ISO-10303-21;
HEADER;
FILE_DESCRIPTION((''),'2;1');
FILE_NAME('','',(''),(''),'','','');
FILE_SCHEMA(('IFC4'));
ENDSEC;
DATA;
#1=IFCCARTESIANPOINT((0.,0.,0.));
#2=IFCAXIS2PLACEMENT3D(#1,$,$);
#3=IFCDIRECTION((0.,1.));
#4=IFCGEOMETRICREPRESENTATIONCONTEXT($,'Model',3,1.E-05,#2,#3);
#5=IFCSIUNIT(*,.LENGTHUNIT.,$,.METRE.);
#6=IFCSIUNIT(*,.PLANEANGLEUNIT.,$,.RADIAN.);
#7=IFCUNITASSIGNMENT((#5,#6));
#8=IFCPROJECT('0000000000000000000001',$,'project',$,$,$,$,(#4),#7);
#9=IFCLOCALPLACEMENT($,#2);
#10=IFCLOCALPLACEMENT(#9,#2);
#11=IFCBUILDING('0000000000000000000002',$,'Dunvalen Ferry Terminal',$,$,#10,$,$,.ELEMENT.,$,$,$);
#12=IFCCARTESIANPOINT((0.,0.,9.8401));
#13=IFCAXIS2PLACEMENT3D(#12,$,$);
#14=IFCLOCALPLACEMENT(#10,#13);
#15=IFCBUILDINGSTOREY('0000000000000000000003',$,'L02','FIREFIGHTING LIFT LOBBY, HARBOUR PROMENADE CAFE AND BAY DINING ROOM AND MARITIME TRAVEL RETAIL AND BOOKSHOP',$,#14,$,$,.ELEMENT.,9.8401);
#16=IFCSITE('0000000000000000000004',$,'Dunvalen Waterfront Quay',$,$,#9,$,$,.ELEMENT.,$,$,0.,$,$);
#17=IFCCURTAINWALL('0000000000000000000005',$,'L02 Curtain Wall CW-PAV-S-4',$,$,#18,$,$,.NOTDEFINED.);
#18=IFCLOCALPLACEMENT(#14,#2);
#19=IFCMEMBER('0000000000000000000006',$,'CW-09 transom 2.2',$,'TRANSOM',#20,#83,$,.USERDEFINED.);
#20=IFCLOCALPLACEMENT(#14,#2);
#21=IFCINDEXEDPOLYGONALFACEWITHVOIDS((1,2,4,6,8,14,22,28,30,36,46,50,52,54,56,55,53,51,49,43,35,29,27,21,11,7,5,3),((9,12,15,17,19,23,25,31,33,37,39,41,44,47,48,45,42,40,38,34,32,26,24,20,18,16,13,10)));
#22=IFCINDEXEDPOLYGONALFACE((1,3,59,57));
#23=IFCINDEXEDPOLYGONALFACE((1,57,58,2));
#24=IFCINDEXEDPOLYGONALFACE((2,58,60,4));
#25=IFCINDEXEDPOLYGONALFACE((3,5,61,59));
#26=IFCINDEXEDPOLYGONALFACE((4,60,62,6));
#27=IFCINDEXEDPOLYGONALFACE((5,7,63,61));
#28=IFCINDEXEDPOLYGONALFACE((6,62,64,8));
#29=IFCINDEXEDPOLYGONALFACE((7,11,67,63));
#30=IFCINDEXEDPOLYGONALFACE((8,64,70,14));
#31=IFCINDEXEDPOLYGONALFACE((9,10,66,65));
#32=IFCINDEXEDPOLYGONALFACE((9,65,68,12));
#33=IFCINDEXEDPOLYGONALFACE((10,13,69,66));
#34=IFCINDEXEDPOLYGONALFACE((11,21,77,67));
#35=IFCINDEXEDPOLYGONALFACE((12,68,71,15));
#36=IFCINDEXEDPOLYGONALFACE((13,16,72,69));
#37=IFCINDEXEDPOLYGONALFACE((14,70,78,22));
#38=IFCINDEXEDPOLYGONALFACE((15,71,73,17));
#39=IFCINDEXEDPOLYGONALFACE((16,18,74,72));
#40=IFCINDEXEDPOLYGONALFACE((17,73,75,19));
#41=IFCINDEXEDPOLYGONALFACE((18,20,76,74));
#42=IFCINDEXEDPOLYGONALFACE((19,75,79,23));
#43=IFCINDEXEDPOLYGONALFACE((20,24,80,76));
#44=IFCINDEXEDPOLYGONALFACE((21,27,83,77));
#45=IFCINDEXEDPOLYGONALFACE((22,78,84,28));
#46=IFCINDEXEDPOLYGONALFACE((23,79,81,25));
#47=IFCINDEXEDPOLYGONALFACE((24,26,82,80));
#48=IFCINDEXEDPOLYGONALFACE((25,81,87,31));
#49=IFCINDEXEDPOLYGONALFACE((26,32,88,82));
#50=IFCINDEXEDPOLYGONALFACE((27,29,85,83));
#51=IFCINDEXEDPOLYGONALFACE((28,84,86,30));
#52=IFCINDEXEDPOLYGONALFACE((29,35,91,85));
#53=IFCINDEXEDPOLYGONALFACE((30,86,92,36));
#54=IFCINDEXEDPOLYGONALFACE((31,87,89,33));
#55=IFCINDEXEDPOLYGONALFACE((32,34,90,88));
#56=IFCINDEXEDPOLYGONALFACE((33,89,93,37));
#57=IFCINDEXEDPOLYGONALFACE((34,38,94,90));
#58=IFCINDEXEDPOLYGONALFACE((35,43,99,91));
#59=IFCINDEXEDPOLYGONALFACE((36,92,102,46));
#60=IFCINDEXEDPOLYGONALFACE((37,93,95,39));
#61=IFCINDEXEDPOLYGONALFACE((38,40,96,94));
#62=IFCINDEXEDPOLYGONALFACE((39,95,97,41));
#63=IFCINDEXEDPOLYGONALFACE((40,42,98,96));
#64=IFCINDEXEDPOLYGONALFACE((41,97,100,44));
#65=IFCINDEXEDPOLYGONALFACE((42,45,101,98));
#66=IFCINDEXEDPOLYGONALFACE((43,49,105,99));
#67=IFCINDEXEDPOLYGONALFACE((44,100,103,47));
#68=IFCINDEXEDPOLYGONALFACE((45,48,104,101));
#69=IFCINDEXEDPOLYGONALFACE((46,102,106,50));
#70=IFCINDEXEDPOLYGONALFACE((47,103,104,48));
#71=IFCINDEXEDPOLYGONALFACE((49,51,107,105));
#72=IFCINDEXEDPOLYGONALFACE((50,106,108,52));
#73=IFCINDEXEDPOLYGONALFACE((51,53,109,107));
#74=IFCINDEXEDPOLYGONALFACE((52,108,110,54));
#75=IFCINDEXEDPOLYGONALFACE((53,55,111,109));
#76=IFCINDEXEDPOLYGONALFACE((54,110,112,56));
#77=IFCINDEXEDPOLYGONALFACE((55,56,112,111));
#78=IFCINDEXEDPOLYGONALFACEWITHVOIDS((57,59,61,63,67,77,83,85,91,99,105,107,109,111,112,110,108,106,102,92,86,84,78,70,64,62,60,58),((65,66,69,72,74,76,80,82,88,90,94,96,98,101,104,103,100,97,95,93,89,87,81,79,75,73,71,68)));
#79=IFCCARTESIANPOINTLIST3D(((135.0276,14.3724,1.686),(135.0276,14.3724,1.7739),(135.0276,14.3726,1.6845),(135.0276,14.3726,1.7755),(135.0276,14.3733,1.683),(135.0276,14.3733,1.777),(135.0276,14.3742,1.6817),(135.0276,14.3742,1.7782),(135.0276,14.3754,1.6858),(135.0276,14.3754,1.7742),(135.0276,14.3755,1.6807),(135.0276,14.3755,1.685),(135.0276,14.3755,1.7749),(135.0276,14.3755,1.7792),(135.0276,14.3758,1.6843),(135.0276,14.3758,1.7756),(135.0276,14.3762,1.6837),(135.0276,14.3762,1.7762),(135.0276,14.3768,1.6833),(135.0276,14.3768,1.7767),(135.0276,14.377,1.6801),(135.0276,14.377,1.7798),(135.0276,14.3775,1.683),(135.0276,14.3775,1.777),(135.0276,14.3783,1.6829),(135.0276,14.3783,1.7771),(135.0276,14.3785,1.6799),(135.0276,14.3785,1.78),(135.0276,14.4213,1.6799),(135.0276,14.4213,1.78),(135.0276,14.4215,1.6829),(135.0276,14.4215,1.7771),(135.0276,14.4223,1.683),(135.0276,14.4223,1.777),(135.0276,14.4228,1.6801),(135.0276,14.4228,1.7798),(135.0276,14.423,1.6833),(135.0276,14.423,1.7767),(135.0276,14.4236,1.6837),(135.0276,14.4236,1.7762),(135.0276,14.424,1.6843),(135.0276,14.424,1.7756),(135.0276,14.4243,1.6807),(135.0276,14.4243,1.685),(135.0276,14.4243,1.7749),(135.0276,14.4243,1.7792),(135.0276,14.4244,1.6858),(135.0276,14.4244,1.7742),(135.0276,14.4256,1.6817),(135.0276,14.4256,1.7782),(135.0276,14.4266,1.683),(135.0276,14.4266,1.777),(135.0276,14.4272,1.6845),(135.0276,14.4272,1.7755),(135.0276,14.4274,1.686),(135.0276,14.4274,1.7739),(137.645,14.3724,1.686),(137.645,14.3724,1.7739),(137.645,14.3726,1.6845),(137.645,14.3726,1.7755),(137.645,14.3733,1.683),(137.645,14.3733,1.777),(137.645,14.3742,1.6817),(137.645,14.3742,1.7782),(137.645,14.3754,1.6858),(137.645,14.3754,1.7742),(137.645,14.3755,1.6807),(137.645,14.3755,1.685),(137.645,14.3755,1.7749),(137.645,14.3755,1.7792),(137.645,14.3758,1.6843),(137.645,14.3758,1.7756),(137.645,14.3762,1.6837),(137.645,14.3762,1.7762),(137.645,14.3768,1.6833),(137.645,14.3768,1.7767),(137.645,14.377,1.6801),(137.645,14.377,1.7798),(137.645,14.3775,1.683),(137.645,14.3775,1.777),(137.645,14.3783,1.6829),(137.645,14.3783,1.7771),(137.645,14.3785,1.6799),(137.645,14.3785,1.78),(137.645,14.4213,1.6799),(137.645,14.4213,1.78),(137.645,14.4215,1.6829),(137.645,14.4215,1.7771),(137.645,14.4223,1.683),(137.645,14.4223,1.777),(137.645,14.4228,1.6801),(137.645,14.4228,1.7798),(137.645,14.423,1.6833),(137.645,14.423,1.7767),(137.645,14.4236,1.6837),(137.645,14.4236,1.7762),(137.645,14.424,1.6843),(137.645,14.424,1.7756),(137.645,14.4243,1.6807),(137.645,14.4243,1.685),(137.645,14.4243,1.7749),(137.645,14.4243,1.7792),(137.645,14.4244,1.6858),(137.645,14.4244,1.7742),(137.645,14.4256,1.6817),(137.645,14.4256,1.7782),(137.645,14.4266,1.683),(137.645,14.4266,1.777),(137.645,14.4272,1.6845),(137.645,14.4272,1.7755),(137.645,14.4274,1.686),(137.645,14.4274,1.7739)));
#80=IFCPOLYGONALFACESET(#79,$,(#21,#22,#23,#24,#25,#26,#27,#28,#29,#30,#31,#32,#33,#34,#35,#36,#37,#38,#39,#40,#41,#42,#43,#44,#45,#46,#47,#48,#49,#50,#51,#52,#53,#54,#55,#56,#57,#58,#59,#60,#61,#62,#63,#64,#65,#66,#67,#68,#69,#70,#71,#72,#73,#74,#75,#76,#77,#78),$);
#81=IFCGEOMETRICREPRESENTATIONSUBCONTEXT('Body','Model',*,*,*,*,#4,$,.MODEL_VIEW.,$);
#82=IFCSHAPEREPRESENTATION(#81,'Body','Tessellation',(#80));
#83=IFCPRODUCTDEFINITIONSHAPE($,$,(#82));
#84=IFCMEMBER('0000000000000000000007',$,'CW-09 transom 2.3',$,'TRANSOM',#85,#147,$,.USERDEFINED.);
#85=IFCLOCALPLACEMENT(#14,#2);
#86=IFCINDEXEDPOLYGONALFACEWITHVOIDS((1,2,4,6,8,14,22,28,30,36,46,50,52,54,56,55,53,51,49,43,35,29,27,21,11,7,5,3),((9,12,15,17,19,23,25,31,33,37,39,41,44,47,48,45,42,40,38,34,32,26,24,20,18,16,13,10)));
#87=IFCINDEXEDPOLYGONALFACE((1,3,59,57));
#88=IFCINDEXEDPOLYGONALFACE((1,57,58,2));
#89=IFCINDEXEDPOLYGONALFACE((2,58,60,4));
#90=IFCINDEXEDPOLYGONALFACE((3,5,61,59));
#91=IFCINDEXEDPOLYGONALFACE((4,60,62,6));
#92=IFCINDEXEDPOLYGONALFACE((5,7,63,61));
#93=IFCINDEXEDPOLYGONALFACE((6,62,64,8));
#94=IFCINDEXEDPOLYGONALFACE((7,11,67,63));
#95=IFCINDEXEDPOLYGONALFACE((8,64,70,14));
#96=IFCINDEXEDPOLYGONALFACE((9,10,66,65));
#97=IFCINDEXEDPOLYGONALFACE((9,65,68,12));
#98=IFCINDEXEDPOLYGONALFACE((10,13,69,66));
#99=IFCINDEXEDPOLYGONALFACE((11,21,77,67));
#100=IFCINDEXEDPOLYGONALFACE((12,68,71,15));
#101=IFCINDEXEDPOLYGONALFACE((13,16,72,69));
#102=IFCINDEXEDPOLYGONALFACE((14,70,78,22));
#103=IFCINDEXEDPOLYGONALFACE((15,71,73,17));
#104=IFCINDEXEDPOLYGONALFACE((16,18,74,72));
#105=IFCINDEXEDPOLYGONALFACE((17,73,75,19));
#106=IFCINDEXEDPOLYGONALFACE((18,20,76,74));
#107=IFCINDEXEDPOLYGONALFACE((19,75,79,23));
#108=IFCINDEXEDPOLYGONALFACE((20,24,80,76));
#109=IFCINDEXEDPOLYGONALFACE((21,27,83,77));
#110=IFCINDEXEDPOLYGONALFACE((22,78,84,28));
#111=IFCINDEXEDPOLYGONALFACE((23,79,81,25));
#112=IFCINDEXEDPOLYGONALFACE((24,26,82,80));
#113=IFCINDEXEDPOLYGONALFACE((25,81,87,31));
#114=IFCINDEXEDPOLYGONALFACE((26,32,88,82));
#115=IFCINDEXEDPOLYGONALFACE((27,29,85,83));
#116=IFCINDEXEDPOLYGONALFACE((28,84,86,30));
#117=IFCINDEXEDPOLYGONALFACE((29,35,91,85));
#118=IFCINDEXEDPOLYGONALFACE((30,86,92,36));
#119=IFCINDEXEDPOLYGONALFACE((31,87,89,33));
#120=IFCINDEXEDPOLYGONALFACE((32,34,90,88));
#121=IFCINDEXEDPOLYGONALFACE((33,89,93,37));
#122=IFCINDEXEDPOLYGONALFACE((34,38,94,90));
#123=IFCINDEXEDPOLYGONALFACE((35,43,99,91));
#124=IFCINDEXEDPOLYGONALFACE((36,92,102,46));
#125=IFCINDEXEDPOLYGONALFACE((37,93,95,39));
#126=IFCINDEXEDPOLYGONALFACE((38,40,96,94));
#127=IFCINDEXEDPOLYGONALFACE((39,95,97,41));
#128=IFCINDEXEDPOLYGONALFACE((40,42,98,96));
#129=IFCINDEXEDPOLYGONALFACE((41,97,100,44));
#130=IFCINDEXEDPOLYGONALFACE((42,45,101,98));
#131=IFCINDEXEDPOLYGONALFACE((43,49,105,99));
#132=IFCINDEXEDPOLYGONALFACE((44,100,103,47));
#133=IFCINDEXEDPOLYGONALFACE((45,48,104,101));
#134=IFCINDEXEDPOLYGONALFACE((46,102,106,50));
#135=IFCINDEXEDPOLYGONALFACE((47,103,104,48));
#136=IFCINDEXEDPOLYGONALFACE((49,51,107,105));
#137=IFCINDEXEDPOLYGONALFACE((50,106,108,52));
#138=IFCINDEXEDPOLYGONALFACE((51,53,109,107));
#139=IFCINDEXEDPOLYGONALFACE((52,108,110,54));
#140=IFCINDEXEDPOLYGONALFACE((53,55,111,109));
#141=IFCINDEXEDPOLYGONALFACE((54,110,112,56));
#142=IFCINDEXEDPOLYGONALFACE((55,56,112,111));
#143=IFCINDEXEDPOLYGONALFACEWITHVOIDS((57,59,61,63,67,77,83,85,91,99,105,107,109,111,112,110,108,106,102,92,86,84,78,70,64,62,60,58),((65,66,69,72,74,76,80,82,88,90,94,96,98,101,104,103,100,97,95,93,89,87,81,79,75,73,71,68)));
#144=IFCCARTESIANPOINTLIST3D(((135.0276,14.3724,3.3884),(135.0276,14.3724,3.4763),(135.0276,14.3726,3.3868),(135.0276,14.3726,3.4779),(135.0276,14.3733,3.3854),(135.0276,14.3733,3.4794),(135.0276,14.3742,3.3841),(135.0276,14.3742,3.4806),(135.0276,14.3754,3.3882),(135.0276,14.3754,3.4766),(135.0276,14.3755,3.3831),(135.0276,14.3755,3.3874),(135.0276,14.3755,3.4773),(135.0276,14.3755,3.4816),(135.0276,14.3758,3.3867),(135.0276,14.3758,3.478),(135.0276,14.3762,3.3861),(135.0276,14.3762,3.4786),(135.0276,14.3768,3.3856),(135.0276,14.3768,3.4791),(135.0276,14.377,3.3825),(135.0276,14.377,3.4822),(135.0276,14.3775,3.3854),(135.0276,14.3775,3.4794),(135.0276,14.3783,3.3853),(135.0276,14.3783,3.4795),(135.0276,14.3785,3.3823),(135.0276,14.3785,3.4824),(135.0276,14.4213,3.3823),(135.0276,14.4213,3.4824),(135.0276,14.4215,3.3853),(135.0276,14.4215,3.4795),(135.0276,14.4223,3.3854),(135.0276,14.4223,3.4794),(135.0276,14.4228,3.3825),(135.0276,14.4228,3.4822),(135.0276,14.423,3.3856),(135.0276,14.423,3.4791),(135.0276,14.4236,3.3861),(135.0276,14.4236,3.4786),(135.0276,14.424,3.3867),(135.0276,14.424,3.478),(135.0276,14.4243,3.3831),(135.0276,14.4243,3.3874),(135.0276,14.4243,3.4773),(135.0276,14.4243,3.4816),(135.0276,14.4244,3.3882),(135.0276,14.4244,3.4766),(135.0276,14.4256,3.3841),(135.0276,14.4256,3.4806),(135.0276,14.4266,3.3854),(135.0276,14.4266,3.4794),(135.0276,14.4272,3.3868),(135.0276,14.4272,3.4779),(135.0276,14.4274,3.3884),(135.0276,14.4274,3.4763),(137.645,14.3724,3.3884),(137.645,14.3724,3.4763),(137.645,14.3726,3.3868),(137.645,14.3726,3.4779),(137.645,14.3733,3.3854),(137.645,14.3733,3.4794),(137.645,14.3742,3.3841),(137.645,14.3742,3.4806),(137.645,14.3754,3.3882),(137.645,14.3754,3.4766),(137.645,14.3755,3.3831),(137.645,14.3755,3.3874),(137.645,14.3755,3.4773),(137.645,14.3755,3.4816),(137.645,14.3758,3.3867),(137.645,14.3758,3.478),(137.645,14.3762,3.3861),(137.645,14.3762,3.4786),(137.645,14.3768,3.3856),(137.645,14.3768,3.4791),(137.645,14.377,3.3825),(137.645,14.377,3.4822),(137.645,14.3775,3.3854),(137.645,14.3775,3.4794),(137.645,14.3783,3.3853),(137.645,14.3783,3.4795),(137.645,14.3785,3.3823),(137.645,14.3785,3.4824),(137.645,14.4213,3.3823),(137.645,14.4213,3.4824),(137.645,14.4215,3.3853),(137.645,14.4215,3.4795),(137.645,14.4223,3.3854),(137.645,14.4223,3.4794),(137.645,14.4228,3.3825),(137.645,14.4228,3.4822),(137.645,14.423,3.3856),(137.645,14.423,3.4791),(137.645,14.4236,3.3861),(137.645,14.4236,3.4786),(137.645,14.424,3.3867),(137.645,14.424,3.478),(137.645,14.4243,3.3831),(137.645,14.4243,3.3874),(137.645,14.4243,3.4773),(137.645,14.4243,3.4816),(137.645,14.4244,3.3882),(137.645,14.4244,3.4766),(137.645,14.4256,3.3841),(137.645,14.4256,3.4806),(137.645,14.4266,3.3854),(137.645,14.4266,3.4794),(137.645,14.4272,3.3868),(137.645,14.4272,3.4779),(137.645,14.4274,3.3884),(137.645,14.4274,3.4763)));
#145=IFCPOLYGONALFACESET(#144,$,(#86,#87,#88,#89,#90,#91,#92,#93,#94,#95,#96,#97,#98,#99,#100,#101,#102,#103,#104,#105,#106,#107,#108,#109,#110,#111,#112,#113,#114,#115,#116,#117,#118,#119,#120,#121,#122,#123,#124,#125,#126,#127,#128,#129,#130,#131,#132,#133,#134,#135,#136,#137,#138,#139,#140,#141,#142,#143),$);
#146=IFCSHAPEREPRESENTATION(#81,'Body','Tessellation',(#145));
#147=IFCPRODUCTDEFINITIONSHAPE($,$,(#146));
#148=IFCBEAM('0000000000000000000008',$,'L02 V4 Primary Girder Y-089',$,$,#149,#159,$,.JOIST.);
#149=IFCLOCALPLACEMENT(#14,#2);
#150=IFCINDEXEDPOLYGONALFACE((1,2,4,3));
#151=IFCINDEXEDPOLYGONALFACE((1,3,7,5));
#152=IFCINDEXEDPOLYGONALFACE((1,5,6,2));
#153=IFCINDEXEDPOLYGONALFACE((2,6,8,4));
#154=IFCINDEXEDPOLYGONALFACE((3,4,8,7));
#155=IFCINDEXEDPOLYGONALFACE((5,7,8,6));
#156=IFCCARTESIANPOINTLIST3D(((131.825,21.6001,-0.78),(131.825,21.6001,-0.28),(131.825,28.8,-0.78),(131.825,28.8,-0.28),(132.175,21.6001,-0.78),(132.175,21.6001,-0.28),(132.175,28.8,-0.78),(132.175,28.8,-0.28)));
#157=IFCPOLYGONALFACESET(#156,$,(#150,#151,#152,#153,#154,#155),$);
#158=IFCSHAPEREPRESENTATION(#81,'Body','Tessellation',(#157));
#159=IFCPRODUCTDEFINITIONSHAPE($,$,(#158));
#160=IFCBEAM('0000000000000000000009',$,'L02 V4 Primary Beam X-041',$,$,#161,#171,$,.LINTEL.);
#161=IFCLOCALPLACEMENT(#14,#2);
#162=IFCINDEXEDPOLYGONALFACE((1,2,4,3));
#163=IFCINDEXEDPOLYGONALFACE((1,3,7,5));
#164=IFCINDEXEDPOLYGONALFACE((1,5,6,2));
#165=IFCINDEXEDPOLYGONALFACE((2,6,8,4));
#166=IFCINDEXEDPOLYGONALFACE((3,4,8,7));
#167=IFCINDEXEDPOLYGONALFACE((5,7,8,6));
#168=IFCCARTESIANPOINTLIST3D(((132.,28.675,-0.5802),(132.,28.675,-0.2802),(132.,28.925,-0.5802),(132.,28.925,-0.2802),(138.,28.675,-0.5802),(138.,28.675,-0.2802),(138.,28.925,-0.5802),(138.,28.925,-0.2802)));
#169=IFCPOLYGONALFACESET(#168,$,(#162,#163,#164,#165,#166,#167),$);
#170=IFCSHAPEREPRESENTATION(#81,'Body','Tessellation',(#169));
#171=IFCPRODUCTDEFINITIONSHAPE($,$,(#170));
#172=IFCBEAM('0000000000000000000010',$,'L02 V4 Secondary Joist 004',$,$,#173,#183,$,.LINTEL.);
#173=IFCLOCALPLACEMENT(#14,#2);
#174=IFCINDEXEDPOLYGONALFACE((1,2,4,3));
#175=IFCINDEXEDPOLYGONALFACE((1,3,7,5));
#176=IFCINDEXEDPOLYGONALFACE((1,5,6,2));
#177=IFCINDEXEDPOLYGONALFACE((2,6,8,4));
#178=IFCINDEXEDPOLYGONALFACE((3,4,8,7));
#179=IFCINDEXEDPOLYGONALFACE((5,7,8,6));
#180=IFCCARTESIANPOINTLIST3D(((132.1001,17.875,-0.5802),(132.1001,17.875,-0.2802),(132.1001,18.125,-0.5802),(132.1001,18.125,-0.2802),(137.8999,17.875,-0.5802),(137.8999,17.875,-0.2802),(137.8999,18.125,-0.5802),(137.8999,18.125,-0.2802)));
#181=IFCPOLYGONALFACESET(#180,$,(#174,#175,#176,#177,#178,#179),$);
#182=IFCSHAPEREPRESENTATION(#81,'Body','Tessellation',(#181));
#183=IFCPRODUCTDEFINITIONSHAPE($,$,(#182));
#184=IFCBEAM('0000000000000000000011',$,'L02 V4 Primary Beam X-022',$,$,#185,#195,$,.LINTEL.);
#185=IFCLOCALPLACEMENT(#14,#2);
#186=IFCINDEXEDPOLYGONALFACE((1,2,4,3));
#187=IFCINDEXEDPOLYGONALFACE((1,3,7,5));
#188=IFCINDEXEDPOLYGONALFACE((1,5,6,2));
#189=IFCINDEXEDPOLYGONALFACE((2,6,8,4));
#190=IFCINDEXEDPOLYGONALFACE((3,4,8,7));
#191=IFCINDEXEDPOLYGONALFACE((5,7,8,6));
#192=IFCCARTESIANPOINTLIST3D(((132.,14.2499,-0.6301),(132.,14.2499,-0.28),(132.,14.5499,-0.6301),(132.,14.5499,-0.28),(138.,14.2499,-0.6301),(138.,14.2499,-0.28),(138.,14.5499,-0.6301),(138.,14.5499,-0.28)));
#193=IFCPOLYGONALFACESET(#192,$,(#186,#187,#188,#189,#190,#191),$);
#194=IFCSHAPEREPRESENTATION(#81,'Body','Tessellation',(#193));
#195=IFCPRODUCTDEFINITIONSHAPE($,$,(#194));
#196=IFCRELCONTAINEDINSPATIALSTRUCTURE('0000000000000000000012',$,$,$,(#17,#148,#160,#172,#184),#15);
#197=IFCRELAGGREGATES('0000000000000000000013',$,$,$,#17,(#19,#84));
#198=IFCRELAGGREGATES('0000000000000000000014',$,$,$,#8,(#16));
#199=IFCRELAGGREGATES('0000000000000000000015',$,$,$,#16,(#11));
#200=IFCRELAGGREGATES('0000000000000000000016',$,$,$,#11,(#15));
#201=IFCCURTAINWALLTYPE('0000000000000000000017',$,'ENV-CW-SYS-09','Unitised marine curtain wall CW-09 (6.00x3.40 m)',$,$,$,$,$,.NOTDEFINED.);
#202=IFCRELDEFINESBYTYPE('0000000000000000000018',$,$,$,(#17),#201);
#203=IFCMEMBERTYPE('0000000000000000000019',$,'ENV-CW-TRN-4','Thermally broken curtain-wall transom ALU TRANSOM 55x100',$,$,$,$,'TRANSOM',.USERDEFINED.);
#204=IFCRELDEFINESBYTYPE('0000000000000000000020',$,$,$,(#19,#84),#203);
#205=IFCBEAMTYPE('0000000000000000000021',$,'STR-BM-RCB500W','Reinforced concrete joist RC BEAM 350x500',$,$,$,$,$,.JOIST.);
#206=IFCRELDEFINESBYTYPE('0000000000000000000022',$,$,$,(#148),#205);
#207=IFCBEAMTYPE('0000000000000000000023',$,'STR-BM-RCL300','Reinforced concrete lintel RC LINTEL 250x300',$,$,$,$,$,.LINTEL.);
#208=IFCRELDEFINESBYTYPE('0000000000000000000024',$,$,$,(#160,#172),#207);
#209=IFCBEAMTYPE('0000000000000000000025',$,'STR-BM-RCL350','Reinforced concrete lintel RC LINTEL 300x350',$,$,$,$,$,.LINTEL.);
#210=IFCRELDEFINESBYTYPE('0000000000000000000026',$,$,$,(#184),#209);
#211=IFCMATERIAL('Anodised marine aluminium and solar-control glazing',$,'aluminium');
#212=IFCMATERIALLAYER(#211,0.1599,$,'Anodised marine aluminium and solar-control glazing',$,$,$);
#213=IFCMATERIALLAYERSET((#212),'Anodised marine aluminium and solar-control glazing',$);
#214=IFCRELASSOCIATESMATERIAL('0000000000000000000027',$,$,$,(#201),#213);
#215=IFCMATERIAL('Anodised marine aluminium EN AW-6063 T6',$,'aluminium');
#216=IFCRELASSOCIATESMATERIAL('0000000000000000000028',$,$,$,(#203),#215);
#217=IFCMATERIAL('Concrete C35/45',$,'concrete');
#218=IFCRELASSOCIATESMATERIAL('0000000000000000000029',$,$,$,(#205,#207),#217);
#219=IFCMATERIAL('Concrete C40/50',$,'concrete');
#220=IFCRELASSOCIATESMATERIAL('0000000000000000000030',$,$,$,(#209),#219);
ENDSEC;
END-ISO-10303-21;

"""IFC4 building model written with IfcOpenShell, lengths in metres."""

from ifc_helpers import new_model, si_unit, direction, frame, origin, origin_2d, place, context, subcontext, project, spatial, rectangle, hollow_rectangle, extrude, material, layer, layer_set, material_profile, profile_set, type_object, element, aggregate, save


model = new_model("IFC4")

# Units and contexts
model_context = context("Model", 3, precision=1e-05, world=origin(), true_north=direction((0.0, 1.0)))
body_context = subcontext(model_context, "Body", "Model", "MODEL_VIEW")
ifc_project = project(units=[si_unit("LENGTHUNIT", "METRE"), si_unit("PLANEANGLEUNIT", "RADIAN")], contexts=[model_context])

# Site, building, storey
site_placement = place(None, origin())
site = spatial("IfcSite", under=ifc_project, at=site_placement, Name="Dunvalen Waterfront Quay", CompositionType="ELEMENT", RefElevation=0.0)
building_placement = place(site_placement, origin())
building = spatial("IfcBuilding", under=site, at=building_placement, Name="Dunvalen Ferry Terminal", CompositionType="ELEMENT")
storey_placement = place(building_placement, frame((0.0, 0.0, 9.8401)))
storey = spatial("IfcBuildingStorey", under=building, at=storey_placement, Name="L02", Description="FIREFIGHTING LIFT LOBBY, HARBOUR PROMENADE CAFE AND BAY DINING ROOM AND MARITIME TRAVEL RETAIL AND BOOKSHOP", CompositionType="ELEMENT", Elevation=9.8401)

# Curtain wall, members
ifc_material_1 = material(Name="Anodised marine aluminium and solar-control glazing", Category="aluminium")
ifc_layer_1 = layer(ifc_material_1, 0.1599, Name="Anodised marine aluminium and solar-control glazing")
ifc_layer_set_1 = layer_set([ifc_layer_1], Name="Anodised marine aluminium and solar-control glazing")
curtain_wall_type = type_object("IfcCurtainWallType", Name="ENV-CW-SYS-09", Description="Unitised marine curtain wall CW-09 (6.00x3.40 m)", PredefinedType="NOTDEFINED", material=ifc_layer_set_1)
curtain_wall_placement = place(storey_placement, origin())
curtain_wall = element("IfcCurtainWall", 1, at=curtain_wall_placement, inside=storey, type_object=curtain_wall_type, Name="L02 Curtain Wall CW-PAV-S-4", PredefinedType="NOTDEFINED")
ifc_material_2 = material(Name="Anodised marine aluminium EN AW-6063 T6", Category="aluminium")
ifc_material_profile_1 = material_profile(ifc_material_2, hollow_rectangle(XDim=0.0549, YDim=0.1001, WallThickness=0.0029, InnerFilletRadius=0.0029, OuterFilletRadius=0.0061, at=origin_2d()), Name="Anodised marine aluminium EN AW-6063 T6")
ifc_profile_set_1 = profile_set([ifc_material_profile_1], Name="Anodised marine aluminium EN AW-6063 T6")
member_type_1 = type_object("IfcMemberType", Name="ENV-CW-TRN-4", Description="Thermally broken curtain-wall transom ALU TRANSOM 55x100", ElementType="TRANSOM", PredefinedType="USERDEFINED", material=ifc_profile_set_1)
member_1_placement = place(storey_placement, frame((135.0276, 14.3999, 1.73), z_axis=(1.0, 0.0, 0.0), x_axis=(0.0, 1.0, 0.0)))
member_1 = element("IfcMember", 2, at=member_1_placement, type_object=member_type_1, Name="CW-09 transom 2.2", ObjectType="TRANSOM", PredefinedType="USERDEFINED", context=body_context, shape_type="SweptSolid", body=[
    extrude(hollow_rectangle(XDim=0.0549, YDim=0.1001, WallThickness=0.0029, InnerFilletRadius=0.0029, OuterFilletRadius=0.0061, at=origin_2d()), origin(), (0.0, 0.0, 1.0), 2.6174),
])
member_2_placement = place(storey_placement, frame((135.0276, 14.3999, 3.4324), z_axis=(1.0, 0.0, 0.0), x_axis=(0.0, 1.0, 0.0)))
member_2 = element("IfcMember", 3, at=member_2_placement, type_object=member_type_1, Name="CW-09 transom 2.3", ObjectType="TRANSOM", PredefinedType="USERDEFINED", context=body_context, shape_type="SweptSolid", body=[
    extrude(hollow_rectangle(XDim=0.0549, YDim=0.1001, WallThickness=0.0029, InnerFilletRadius=0.0029, OuterFilletRadius=0.0061, at=origin_2d()), origin(), (0.0, 0.0, 1.0), 2.6174),
])

# Beams
ifc_material_3 = material(Name="Concrete C35/45", Category="concrete")
ifc_material_profile_2 = material_profile(ifc_material_3, rectangle(XDim=0.3501, YDim=0.5, at=origin_2d()), Name="Concrete C35/45")
ifc_profile_set_2 = profile_set([ifc_material_profile_2], Name="Concrete C35/45")
beam_type_1 = type_object("IfcBeamType", Name="STR-BM-RCB500W", Description="Reinforced concrete joist RC BEAM 350x500", PredefinedType="JOIST", material=ifc_profile_set_2)
beam_1_placement = place(storey_placement, frame((132.0, 21.6001, -0.53), z_axis=(0.0, 1.0, 0.0), x_axis=(-1.0, 0.0, 0.0)))
element("IfcBeam", 4, at=beam_1_placement, inside=storey, type_object=beam_type_1, Name="L02 V4 Primary Girder Y-089", PredefinedType="JOIST", context=body_context, shape_type="SweptSolid", body=[
    extrude(rectangle(XDim=0.3501, YDim=0.5, at=origin_2d()), origin(), (0.0, 0.0, 1.0), 7.2),
])
ifc_material_profile_3 = material_profile(ifc_material_3, rectangle(XDim=0.25, YDim=0.3, at=origin_2d()), Name="Concrete C35/45")
ifc_profile_set_3 = profile_set([ifc_material_profile_3], Name="Concrete C35/45")
beam_type_2 = type_object("IfcBeamType", Name="STR-BM-RCL300", Description="Reinforced concrete lintel RC LINTEL 250x300", PredefinedType="LINTEL", material=ifc_profile_set_3)
beam_2_placement = place(storey_placement, frame((132.0, 28.8, -0.4302), z_axis=(1.0, 0.0, 0.0), x_axis=(0.0, 1.0, 0.0)))
element("IfcBeam", 5, at=beam_2_placement, inside=storey, type_object=beam_type_2, Name="L02 V4 Primary Beam X-041", PredefinedType="LINTEL", context=body_context, shape_type="SweptSolid", body=[
    extrude(rectangle(XDim=0.25, YDim=0.3, at=origin_2d()), origin(), (0.0, 0.0, 1.0), 6.0),
])
beam_3_placement = place(storey_placement, frame((132.1001, 18.0, -0.4302), z_axis=(1.0, 0.0, 0.0), x_axis=(0.0, 1.0, 0.0)))
element("IfcBeam", 6, at=beam_3_placement, inside=storey, type_object=beam_type_2, Name="L02 V4 Secondary Joist 004", PredefinedType="LINTEL", context=body_context, shape_type="SweptSolid", body=[
    extrude(rectangle(XDim=0.25, YDim=0.3, at=origin_2d()), origin(), (0.0, 0.0, 1.0), 5.7998),
])
ifc_material_4 = material(Name="Concrete C40/50", Category="concrete")
ifc_material_profile_4 = material_profile(ifc_material_4, rectangle(XDim=0.3, YDim=0.3501, at=origin_2d()), Name="Concrete C40/50")
ifc_profile_set_4 = profile_set([ifc_material_profile_4], Name="Concrete C40/50")
beam_type_3 = type_object("IfcBeamType", Name="STR-BM-RCL350", Description="Reinforced concrete lintel RC LINTEL 300x350", PredefinedType="LINTEL", material=ifc_profile_set_4)
for number, where, z_axis, x_axis, name in (
    (7, (132.0, 14.3999, -0.4551), (1.0, 0.0, 0.0), (0.0, 1.0, 0.0), "L02 V4 Primary Beam X-022"),
):
    element("IfcBeam", number, at=place(storey_placement, frame(where, z_axis=z_axis, x_axis=x_axis)), inside=storey, type_object=beam_type_3, Name=name, PredefinedType="LINTEL", context=body_context, shape_type="SweptSolid", body=[
        extrude(rectangle(XDim=0.3, YDim=0.3501, at=origin_2d()), origin(), (0.0, 0.0, 1.0), 6.0),
    ])

aggregate(curtain_wall, [member_1, member_2])

save(model, "model.ifc")
